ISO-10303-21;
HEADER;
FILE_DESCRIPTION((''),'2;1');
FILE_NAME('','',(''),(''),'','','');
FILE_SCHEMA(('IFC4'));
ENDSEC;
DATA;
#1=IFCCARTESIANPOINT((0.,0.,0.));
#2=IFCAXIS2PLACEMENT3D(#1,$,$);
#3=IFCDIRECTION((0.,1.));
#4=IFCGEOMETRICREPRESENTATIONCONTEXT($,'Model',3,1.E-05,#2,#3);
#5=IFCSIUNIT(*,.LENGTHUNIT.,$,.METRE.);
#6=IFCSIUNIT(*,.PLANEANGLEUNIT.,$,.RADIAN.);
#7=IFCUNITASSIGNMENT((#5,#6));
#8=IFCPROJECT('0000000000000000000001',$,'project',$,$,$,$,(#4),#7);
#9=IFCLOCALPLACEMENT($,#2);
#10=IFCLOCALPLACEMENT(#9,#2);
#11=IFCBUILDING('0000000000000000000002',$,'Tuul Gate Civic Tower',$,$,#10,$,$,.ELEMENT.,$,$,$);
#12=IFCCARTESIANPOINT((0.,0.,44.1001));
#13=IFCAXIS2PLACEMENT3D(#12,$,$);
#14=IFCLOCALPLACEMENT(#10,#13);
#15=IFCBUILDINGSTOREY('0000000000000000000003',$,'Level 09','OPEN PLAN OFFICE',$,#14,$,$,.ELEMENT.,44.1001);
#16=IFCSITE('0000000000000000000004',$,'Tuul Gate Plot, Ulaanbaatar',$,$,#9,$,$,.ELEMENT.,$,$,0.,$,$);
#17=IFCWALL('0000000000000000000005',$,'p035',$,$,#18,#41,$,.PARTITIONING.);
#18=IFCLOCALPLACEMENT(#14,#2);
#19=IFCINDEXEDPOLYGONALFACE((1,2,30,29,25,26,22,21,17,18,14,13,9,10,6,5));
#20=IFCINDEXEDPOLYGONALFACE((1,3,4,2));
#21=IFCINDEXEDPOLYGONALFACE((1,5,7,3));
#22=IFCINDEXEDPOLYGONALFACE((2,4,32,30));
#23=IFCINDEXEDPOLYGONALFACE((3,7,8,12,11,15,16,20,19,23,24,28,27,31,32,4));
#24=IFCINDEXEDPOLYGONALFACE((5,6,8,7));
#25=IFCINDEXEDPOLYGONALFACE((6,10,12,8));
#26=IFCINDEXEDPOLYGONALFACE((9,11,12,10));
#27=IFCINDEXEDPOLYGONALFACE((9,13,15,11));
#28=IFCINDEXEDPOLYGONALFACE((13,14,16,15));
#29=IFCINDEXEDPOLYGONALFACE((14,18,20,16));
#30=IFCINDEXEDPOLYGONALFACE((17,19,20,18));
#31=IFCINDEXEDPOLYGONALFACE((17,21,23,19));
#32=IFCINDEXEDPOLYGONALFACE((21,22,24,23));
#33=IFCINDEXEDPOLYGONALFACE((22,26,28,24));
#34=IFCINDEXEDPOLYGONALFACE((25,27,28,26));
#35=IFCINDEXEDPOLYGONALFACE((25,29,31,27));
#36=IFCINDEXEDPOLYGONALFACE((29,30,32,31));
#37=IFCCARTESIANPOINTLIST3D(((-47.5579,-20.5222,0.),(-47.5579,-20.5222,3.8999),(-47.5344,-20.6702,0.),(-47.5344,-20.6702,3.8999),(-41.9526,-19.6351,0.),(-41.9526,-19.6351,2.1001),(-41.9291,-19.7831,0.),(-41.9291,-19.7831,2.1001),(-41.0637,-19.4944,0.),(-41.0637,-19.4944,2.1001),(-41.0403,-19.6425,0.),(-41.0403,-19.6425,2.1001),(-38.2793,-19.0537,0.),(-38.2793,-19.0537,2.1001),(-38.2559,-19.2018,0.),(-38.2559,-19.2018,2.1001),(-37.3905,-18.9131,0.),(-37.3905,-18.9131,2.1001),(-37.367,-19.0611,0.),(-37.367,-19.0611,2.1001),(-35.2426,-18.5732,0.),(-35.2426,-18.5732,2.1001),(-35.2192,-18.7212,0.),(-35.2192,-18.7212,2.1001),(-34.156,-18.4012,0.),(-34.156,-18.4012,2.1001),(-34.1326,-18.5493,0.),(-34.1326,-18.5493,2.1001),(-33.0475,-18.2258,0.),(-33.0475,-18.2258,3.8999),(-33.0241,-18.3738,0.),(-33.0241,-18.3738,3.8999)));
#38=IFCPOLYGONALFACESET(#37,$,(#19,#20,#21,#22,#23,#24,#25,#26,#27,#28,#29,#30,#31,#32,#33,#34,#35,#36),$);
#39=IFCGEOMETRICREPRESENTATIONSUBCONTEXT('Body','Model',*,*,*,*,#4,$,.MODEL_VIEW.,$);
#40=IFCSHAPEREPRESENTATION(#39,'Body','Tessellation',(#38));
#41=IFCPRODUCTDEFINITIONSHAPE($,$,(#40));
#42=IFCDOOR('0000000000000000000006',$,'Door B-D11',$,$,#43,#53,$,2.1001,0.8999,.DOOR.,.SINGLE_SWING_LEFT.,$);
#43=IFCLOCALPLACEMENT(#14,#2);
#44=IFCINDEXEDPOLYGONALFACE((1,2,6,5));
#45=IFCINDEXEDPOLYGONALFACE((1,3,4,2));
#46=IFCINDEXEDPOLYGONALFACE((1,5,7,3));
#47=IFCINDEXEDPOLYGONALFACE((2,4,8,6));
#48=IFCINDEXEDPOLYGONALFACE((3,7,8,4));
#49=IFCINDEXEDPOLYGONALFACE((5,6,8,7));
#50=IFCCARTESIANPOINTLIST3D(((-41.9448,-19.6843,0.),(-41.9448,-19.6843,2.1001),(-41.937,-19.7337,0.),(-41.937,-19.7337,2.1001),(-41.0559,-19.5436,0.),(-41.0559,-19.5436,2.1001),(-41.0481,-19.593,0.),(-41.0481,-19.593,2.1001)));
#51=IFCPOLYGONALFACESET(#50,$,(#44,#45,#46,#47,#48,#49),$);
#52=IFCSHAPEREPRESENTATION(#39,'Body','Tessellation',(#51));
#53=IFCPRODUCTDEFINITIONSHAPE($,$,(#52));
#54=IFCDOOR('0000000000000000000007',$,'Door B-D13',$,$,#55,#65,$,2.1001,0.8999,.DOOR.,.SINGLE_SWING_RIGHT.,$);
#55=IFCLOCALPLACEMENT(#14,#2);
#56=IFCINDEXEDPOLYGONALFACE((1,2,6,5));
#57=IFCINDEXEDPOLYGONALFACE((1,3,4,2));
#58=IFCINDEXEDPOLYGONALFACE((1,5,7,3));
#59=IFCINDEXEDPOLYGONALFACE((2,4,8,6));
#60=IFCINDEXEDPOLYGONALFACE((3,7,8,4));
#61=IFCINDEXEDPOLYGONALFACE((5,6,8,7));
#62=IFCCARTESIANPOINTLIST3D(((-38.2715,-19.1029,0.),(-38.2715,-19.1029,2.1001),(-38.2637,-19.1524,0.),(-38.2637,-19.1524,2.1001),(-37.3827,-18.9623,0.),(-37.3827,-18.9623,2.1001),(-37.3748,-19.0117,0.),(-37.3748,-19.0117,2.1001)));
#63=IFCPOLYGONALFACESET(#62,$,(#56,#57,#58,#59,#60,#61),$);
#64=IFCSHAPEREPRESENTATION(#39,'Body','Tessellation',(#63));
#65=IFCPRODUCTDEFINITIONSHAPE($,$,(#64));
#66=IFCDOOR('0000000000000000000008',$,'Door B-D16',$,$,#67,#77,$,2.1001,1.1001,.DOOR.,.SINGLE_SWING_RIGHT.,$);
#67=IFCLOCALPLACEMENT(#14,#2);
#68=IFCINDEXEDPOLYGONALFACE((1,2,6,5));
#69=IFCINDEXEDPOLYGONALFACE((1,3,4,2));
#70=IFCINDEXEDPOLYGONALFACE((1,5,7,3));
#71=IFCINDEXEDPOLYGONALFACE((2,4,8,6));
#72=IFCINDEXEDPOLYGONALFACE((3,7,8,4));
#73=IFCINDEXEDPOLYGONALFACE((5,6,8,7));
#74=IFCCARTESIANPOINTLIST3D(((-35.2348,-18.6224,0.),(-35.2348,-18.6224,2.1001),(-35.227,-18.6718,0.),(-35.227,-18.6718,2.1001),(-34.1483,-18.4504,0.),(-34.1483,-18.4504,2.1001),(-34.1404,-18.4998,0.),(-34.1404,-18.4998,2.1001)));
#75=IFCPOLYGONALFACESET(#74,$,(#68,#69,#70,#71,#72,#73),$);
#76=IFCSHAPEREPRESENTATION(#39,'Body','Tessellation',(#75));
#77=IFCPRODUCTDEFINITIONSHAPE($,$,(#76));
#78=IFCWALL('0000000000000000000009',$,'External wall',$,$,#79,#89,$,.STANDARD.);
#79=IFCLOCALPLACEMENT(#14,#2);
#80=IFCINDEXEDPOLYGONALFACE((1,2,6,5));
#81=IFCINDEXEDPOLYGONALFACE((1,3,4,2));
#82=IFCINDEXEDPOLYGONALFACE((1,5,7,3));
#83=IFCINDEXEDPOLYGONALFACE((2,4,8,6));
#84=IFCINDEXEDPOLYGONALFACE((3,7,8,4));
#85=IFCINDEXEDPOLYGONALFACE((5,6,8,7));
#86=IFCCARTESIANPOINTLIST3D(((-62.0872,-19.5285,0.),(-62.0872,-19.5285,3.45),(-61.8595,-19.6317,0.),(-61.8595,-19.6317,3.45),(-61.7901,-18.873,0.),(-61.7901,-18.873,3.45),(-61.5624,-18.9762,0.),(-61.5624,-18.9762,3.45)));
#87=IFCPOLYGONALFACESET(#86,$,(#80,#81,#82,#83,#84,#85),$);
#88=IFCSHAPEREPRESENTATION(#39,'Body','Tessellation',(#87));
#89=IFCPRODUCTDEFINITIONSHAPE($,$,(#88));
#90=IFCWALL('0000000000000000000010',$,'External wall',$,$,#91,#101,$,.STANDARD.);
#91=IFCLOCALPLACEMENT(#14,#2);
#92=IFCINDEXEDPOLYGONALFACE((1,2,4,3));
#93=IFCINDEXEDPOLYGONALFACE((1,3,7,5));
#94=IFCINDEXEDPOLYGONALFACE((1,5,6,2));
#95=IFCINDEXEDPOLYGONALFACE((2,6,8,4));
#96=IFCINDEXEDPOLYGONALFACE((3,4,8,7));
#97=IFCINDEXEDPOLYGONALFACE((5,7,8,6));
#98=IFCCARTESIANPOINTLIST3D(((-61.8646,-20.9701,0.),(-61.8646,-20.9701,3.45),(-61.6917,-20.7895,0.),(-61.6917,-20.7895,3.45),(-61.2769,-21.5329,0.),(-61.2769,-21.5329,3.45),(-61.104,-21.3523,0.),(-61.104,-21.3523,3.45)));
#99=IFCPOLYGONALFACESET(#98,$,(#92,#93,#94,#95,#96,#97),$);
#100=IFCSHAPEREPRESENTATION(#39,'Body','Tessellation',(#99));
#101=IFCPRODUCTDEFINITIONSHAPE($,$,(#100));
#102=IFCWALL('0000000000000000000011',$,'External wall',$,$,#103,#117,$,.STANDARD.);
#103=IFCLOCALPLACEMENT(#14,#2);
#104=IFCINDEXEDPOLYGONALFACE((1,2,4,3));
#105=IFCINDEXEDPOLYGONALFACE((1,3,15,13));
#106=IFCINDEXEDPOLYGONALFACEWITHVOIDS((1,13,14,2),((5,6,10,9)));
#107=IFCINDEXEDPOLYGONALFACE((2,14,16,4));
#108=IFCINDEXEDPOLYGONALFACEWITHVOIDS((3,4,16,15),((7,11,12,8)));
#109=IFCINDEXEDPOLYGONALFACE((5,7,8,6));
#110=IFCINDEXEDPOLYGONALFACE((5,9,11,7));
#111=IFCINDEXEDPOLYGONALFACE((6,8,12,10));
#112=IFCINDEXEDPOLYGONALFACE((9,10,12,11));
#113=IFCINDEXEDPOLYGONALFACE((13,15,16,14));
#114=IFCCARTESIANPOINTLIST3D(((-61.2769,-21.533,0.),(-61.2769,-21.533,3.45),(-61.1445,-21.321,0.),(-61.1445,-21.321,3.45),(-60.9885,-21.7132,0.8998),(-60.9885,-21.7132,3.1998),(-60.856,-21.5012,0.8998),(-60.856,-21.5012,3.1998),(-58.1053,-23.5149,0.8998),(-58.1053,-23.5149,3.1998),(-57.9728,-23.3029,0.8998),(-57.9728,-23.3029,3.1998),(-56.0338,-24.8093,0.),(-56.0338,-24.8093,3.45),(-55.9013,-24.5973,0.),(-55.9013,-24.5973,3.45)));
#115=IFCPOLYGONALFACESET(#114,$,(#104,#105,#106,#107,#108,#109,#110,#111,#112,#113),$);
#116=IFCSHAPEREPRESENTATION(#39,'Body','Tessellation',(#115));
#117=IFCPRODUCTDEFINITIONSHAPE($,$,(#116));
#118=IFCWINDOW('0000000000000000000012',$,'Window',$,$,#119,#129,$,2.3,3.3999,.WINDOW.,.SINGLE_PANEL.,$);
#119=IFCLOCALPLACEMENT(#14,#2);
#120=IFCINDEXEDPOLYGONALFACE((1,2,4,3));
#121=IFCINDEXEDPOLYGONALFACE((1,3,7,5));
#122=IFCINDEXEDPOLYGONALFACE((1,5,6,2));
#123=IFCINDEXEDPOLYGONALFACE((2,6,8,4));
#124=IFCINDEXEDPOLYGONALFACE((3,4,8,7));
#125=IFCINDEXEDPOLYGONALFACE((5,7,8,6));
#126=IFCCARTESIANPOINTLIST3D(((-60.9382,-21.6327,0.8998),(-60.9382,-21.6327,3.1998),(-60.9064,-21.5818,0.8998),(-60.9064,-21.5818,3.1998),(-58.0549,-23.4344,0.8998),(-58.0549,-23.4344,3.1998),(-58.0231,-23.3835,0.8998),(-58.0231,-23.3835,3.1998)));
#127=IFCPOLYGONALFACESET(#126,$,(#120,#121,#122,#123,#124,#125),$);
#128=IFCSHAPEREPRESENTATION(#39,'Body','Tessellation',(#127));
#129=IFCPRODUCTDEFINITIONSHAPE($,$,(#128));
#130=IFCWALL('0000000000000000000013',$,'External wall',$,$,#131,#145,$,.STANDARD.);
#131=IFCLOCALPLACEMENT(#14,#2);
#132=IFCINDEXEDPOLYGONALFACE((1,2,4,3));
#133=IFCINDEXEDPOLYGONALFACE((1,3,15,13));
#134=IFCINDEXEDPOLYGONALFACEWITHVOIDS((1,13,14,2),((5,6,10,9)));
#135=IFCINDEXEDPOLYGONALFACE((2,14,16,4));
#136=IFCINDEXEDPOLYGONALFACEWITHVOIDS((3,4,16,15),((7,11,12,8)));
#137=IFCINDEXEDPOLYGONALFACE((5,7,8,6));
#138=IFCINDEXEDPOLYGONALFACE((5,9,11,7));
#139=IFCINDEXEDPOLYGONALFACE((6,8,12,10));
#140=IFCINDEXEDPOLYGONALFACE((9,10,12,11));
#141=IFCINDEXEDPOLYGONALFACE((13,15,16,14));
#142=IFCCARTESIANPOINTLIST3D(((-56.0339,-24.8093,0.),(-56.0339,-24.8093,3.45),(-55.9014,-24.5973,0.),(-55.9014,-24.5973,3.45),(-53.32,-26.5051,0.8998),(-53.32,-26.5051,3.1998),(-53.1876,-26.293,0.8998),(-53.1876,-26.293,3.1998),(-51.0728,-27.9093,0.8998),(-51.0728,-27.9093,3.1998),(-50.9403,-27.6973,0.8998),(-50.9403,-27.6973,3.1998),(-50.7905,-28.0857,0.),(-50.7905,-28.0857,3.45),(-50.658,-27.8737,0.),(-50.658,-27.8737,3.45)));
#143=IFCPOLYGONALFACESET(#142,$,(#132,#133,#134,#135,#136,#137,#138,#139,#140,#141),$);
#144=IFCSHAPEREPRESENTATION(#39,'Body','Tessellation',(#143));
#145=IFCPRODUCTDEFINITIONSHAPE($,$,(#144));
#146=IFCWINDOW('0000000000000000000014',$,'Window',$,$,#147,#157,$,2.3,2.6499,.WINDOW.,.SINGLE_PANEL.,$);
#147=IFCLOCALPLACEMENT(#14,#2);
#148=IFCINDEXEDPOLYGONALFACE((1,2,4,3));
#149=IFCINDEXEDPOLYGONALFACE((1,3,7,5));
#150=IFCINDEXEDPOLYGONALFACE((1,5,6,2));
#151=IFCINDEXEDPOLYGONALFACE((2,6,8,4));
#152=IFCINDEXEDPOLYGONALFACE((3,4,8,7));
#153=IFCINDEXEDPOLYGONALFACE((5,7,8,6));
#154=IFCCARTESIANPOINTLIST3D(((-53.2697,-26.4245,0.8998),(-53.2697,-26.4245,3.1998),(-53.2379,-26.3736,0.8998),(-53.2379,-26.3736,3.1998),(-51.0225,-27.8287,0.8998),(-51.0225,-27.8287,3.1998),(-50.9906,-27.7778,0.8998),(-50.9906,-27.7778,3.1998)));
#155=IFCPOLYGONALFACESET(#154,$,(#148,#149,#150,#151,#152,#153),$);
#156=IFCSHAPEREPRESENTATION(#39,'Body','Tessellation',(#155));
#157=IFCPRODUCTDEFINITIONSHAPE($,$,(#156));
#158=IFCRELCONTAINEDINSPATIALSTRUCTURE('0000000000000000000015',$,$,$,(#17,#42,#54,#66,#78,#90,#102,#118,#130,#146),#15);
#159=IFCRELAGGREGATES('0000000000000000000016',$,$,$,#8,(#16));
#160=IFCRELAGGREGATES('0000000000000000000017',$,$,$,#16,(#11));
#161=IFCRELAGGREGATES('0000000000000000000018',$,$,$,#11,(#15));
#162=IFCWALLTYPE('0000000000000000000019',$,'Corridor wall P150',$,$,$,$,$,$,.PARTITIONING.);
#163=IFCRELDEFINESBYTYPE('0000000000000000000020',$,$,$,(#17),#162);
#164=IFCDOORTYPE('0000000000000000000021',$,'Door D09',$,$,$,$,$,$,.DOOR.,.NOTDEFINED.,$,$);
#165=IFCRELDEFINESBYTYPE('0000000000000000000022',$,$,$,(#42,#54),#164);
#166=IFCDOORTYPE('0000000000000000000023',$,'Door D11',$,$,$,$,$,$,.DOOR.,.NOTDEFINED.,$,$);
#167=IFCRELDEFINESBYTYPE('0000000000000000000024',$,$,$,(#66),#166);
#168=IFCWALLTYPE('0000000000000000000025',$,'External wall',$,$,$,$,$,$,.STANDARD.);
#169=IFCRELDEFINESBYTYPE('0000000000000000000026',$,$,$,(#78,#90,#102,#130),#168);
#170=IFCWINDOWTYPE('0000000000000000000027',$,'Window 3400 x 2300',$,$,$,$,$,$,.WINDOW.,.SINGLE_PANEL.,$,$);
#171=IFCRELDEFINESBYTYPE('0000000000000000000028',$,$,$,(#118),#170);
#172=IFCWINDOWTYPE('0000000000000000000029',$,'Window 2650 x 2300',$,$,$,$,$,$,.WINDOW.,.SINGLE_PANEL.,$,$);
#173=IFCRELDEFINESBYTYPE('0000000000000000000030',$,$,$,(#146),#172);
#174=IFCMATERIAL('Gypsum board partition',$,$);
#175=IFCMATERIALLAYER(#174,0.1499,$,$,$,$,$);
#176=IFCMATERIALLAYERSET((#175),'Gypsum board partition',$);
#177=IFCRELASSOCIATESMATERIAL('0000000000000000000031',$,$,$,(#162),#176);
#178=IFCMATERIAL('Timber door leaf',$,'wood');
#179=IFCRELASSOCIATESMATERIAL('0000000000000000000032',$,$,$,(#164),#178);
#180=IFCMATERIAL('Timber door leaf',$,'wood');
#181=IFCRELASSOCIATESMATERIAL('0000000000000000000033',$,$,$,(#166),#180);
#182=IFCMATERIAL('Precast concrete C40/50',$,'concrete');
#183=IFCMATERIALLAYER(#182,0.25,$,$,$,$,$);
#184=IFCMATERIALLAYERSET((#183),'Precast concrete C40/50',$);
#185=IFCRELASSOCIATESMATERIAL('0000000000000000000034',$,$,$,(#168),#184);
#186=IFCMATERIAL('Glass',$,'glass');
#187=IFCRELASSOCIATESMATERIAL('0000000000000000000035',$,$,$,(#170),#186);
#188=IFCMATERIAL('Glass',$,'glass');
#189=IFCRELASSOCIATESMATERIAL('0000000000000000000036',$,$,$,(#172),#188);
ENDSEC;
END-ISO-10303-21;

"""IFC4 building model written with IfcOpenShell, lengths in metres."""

from ifc_helpers import new_model, si_unit, direction, frame, frame_2d, origin, place, context, subcontext, project, spatial, rectangle, extrude, material, layer, layer_set, type_object, element, fill, save


model = new_model("IFC4")

# Units and contexts
model_context = context("Model", 3, precision=1e-05, world=origin(), true_north=direction((0.0, 1.0)))
body_context = subcontext(model_context, "Body", "Model", "MODEL_VIEW")
ifc_project = project(units=[si_unit("LENGTHUNIT", "METRE"), si_unit("PLANEANGLEUNIT", "RADIAN")], contexts=[model_context])

# Site, building, storey
site_placement = place(None, origin())
site = spatial("IfcSite", under=ifc_project, at=site_placement, Name="Tuul Gate Plot, Ulaanbaatar", CompositionType="ELEMENT", RefElevation=0.0)
building_placement = place(site_placement, origin())
building = spatial("IfcBuilding", under=site, at=building_placement, Name="Tuul Gate Civic Tower", CompositionType="ELEMENT")
storey_placement = place(building_placement, frame((0.0, 0.0, 44.1001)))
storey = spatial("IfcBuildingStorey", under=building, at=storey_placement, Name="Level 09", Description="OPEN PLAN OFFICE", CompositionType="ELEMENT", Elevation=44.1001)

# Shared definitions
ifc_material_1 = material(Name="Gypsum board partition")
ifc_layer_1 = layer(ifc_material_1, 0.1499)
ifc_layer_set_1 = layer_set([ifc_layer_1], Name="Gypsum board partition")
wall_type_1 = type_object("IfcWallType", Name="Corridor wall P150", PredefinedType="PARTITIONING", material=ifc_layer_set_1)

# Wall, openings, doors
wall_1_placement = place(storey_placement, frame((-47.5461, -20.5962, 0.0), z_axis=(0.0, 0.0, 1.0), x_axis=(0.987707, 0.156314, 0.0)))
wall_1 = element("IfcWall", 1, at=wall_1_placement, inside=storey, type_object=wall_type_1, Name="p035", PredefinedType="PARTITIONING", context=body_context, shape_type="SweptSolid", body=[
    extrude(rectangle(XDim=14.6909, YDim=0.1499, at=frame_2d((7.3455, 0.0))), origin(), (0.0, 0.0, 1.0), 3.8999),
])
opening_1_placement = place(wall_1_placement, frame((5.675, 0.0, 0.0)))
opening_1 = element("IfcOpeningElement", 2, at=opening_1_placement, cuts=wall_1, PredefinedType="OPENING", context=body_context, shape_type="SweptSolid", body=[
    extrude(rectangle(XDim=0.8999, YDim=2.1001, at=frame_2d((0.45, 1.05))), frame((0.0, 0.085, 0.0), z_axis=(0.0, -1.0, 0.0), x_axis=(1.0, 0.0, 0.0)), (0.0, 0.0, 1.0), 0.1699),
])
opening_2_placement = place(wall_1_placement, frame((9.394, 0.0, 0.0)))
opening_2 = element("IfcOpeningElement", 3, at=opening_2_placement, cuts=wall_1, PredefinedType="OPENING", context=body_context, shape_type="SweptSolid", body=[
    extrude(rectangle(XDim=0.8999, YDim=2.1001, at=frame_2d((0.45, 1.05))), frame((0.0, 0.085, 0.0), z_axis=(0.0, -1.0, 0.0), x_axis=(1.0, 0.0, 0.0)), (0.0, 0.0, 1.0), 0.1699),
])
opening_3_placement = place(wall_1_placement, frame((12.4685, 0.0, 0.0)))
opening_3 = element("IfcOpeningElement", 4, at=opening_3_placement, cuts=wall_1, PredefinedType="OPENING", context=body_context, shape_type="SweptSolid", body=[
    extrude(rectangle(XDim=1.1001, YDim=2.1001, at=frame_2d((0.55, 1.05))), frame((0.0, 0.085, 0.0), z_axis=(0.0, -1.0, 0.0), x_axis=(1.0, 0.0, 0.0)), (0.0, 0.0, 1.0), 0.1699),
])
ifc_material_2 = material(Name="Timber door leaf", Category="wood")
door_type_1 = type_object("IfcDoorType", Name="Door D09", OperationType="NOTDEFINED", PredefinedType="DOOR", material=ifc_material_2)
door_1_placement = place(opening_1_placement, frame((0.8999, 0.0, 0.0), z_axis=(0.0, 0.0, 1.0), x_axis=(-1.0, 0.0, 0.0)))
door_1 = element("IfcDoor", 5, at=door_1_placement, inside=storey, type_object=door_type_1, Name="Door B-D11", OperationType="SINGLE_SWING_LEFT", OverallHeight=2.1001, OverallWidth=0.8999, PredefinedType="DOOR", context=body_context, shape_type="SweptSolid", body=[
    extrude(rectangle(XDim=0.8999, YDim=2.1001, at=frame_2d((0.45, 1.05))), frame((0.0, 0.0249, 0.0), z_axis=(0.0, -1.0, 0.0), x_axis=(1.0, 0.0, 0.0)), (0.0, 0.0, 1.0), 0.05),
])
fill(opening_1, door_1)
door_2_placement = place(opening_2_placement, frame((0.8999, 0.0, 0.0), z_axis=(0.0, 0.0, 1.0), x_axis=(-1.0, 0.0, 0.0)))
door_2 = element("IfcDoor", 6, at=door_2_placement, inside=storey, type_object=door_type_1, Name="Door B-D13", OperationType="SINGLE_SWING_RIGHT", OverallHeight=2.1001, OverallWidth=0.8999, PredefinedType="DOOR", context=body_context, shape_type="SweptSolid", body=[
    extrude(rectangle(XDim=0.8999, YDim=2.1001, at=frame_2d((0.45, 1.05))), frame((0.0, 0.0249, 0.0), z_axis=(0.0, -1.0, 0.0), x_axis=(1.0, 0.0, 0.0)), (0.0, 0.0, 1.0), 0.05),
])
fill(opening_2, door_2)
ifc_material_3 = material(Name="Timber door leaf", Category="wood")
door_type_2 = type_object("IfcDoorType", Name="Door D11", OperationType="NOTDEFINED", PredefinedType="DOOR", material=ifc_material_3)
door_3_placement = place(opening_3_placement, frame((1.1001, 0.0, 0.0), z_axis=(0.0, 0.0, 1.0), x_axis=(-1.0, 0.0, 0.0)))
door_3 = element("IfcDoor", 7, at=door_3_placement, inside=storey, type_object=door_type_2, Name="Door B-D16", OperationType="SINGLE_SWING_RIGHT", OverallHeight=2.1001, OverallWidth=1.1001, PredefinedType="DOOR", context=body_context, shape_type="SweptSolid", body=[
    extrude(rectangle(XDim=1.1001, YDim=2.1001, at=frame_2d((0.55, 1.05))), frame((0.0, 0.0249, 0.0), z_axis=(0.0, -1.0, 0.0), x_axis=(1.0, 0.0, 0.0)), (0.0, 0.0, 1.0), 0.05),
])
fill(opening_3, door_3)

# Walls
ifc_material_4 = material(Name="Precast concrete C40/50", Category="concrete")
ifc_layer_2 = layer(ifc_material_4, 0.25)
ifc_layer_set_2 = layer_set([ifc_layer_2], Name="Precast concrete C40/50")
wall_type_2 = type_object("IfcWallType", Name="External wall", PredefinedType="STANDARD", material=ifc_layer_set_2)
wall_2_placement = place(storey_placement, frame((-61.6763, -18.9246, 0.0), z_axis=(0.0, 0.0, 1.0), x_axis=(-0.412832, -0.910807, 0.0)))
element("IfcWall", 8, at=wall_2_placement, inside=storey, type_object=wall_type_2, Name="External wall", PredefinedType="STANDARD", context=body_context, shape_type="SweptSolid", body=[
    extrude(rectangle(XDim=0.7197, YDim=0.25, at=frame_2d((0.3599, 0.0))), origin(), (0.0, 0.0, 1.0), 3.45),
])
wall_3_placement = place(storey_placement, frame((-61.7781, -20.8799, 0.0), z_axis=(0.0, 0.0, 1.0), x_axis=(0.722244, -0.691638, 0.0)))
element("IfcWall", 9, at=wall_3_placement, inside=storey, type_object=wall_type_2, Name="External wall", PredefinedType="STANDARD", context=body_context, shape_type="SweptSolid", body=[
    extrude(rectangle(XDim=0.8137, YDim=0.25, at=frame_2d((0.4067, 0.0))), origin(), (0.0, 0.0, 1.0), 3.45),
])

# Walls, openings, windows
wall_4_placement = place(storey_placement, frame((-61.2107, -21.427, 0.0), z_axis=(0.0, 0.0, 1.0), x_axis=(0.848043, -0.529928, 0.0)))
wall_4 = element("IfcWall", 10, at=wall_4_placement, inside=storey, type_object=wall_type_2, Name="External wall", PredefinedType="STANDARD", context=body_context, shape_type="SweptSolid", body=[
    extrude(rectangle(XDim=6.1826, YDim=0.25, at=frame_2d((3.0913, 0.0))), origin(), (0.0, 0.0, 1.0), 3.45),
])
opening_4_placement = place(wall_4_placement, frame((0.3401, 0.0, 0.8999)))
opening_4 = element("IfcOpeningElement", 11, at=opening_4_placement, cuts=wall_4, PredefinedType="OPENING", context=body_context, shape_type="SweptSolid", body=[
    extrude(rectangle(XDim=3.3999, YDim=2.3, at=frame_2d((1.7, 1.1499))), frame((0.0, 0.135, 0.0), z_axis=(0.0, -1.0, 0.0), x_axis=(1.0, 0.0, 0.0)), (0.0, 0.0, 1.0), 0.27),
])
ifc_material_5 = material(Name="Glass", Category="glass")
window_type_1 = type_object("IfcWindowType", Name="Window 3400 x 2300", PartitioningType="SINGLE_PANEL", PredefinedType="WINDOW", material=ifc_material_5)
window_1_placement = place(opening_4_placement, origin())
window_1 = element("IfcWindow", 12, at=window_1_placement, inside=storey, type_object=window_type_1, Name="Window", OverallHeight=2.3, OverallWidth=3.3999, PartitioningType="SINGLE_PANEL", PredefinedType="WINDOW", context=body_context, shape_type="SweptSolid", body=[
    extrude(rectangle(XDim=3.3999, YDim=2.3, at=frame_2d((1.7, 1.1499))), frame((0.0, 0.03, 0.0), z_axis=(0.0, -1.0, 0.0), x_axis=(1.0, 0.0, 0.0)), (0.0, 0.0, 1.0), 0.0601),
])
fill(opening_4, window_1)
wall_5_placement = place(storey_placement, frame((-55.9675, -24.7034, 0.0), z_axis=(0.0, 0.0, 1.0), x_axis=(0.848054, -0.52991, 0.0)))
wall_5 = element("IfcWall", 13, at=wall_5_placement, inside=storey, type_object=wall_type_2, Name="External wall", PredefinedType="STANDARD", context=body_context, shape_type="SweptSolid", body=[
    extrude(rectangle(XDim=6.1829, YDim=0.25, at=frame_2d((3.0913, 0.0))), origin(), (0.0, 0.0, 1.0), 3.45),
])
opening_5_placement = place(wall_5_placement, frame((3.2, 0.0, 0.8999)))
opening_5 = element("IfcOpeningElement", 14, at=opening_5_placement, cuts=wall_5, PredefinedType="OPENING", context=body_context, shape_type="SweptSolid", body=[
    extrude(rectangle(XDim=2.6499, YDim=2.3, at=frame_2d((1.325, 1.1499))), frame((0.0, 0.135, 0.0), z_axis=(0.0, -1.0, 0.0), x_axis=(1.0, 0.0, 0.0)), (0.0, 0.0, 1.0), 0.27),
])
ifc_material_6 = material(Name="Glass", Category="glass")
window_type_2 = type_object("IfcWindowType", Name="Window 2650 x 2300", PartitioningType="SINGLE_PANEL", PredefinedType="WINDOW", material=ifc_material_6)
window_2_placement = place(opening_5_placement, origin())
window_2 = element("IfcWindow", 15, at=window_2_placement, inside=storey, type_object=window_type_2, Name="Window", OverallHeight=2.3, OverallWidth=2.6499, PartitioningType="SINGLE_PANEL", PredefinedType="WINDOW", context=body_context, shape_type="SweptSolid", body=[
    extrude(rectangle(XDim=2.6499, YDim=2.3, at=frame_2d((1.325, 1.1499))), frame((0.0, 0.03, 0.0), z_axis=(0.0, -1.0, 0.0), x_axis=(1.0, 0.0, 0.0)), (0.0, 0.0, 1.0), 0.0601),
])
fill(opening_5, window_2)

save(model, "model.ifc")
